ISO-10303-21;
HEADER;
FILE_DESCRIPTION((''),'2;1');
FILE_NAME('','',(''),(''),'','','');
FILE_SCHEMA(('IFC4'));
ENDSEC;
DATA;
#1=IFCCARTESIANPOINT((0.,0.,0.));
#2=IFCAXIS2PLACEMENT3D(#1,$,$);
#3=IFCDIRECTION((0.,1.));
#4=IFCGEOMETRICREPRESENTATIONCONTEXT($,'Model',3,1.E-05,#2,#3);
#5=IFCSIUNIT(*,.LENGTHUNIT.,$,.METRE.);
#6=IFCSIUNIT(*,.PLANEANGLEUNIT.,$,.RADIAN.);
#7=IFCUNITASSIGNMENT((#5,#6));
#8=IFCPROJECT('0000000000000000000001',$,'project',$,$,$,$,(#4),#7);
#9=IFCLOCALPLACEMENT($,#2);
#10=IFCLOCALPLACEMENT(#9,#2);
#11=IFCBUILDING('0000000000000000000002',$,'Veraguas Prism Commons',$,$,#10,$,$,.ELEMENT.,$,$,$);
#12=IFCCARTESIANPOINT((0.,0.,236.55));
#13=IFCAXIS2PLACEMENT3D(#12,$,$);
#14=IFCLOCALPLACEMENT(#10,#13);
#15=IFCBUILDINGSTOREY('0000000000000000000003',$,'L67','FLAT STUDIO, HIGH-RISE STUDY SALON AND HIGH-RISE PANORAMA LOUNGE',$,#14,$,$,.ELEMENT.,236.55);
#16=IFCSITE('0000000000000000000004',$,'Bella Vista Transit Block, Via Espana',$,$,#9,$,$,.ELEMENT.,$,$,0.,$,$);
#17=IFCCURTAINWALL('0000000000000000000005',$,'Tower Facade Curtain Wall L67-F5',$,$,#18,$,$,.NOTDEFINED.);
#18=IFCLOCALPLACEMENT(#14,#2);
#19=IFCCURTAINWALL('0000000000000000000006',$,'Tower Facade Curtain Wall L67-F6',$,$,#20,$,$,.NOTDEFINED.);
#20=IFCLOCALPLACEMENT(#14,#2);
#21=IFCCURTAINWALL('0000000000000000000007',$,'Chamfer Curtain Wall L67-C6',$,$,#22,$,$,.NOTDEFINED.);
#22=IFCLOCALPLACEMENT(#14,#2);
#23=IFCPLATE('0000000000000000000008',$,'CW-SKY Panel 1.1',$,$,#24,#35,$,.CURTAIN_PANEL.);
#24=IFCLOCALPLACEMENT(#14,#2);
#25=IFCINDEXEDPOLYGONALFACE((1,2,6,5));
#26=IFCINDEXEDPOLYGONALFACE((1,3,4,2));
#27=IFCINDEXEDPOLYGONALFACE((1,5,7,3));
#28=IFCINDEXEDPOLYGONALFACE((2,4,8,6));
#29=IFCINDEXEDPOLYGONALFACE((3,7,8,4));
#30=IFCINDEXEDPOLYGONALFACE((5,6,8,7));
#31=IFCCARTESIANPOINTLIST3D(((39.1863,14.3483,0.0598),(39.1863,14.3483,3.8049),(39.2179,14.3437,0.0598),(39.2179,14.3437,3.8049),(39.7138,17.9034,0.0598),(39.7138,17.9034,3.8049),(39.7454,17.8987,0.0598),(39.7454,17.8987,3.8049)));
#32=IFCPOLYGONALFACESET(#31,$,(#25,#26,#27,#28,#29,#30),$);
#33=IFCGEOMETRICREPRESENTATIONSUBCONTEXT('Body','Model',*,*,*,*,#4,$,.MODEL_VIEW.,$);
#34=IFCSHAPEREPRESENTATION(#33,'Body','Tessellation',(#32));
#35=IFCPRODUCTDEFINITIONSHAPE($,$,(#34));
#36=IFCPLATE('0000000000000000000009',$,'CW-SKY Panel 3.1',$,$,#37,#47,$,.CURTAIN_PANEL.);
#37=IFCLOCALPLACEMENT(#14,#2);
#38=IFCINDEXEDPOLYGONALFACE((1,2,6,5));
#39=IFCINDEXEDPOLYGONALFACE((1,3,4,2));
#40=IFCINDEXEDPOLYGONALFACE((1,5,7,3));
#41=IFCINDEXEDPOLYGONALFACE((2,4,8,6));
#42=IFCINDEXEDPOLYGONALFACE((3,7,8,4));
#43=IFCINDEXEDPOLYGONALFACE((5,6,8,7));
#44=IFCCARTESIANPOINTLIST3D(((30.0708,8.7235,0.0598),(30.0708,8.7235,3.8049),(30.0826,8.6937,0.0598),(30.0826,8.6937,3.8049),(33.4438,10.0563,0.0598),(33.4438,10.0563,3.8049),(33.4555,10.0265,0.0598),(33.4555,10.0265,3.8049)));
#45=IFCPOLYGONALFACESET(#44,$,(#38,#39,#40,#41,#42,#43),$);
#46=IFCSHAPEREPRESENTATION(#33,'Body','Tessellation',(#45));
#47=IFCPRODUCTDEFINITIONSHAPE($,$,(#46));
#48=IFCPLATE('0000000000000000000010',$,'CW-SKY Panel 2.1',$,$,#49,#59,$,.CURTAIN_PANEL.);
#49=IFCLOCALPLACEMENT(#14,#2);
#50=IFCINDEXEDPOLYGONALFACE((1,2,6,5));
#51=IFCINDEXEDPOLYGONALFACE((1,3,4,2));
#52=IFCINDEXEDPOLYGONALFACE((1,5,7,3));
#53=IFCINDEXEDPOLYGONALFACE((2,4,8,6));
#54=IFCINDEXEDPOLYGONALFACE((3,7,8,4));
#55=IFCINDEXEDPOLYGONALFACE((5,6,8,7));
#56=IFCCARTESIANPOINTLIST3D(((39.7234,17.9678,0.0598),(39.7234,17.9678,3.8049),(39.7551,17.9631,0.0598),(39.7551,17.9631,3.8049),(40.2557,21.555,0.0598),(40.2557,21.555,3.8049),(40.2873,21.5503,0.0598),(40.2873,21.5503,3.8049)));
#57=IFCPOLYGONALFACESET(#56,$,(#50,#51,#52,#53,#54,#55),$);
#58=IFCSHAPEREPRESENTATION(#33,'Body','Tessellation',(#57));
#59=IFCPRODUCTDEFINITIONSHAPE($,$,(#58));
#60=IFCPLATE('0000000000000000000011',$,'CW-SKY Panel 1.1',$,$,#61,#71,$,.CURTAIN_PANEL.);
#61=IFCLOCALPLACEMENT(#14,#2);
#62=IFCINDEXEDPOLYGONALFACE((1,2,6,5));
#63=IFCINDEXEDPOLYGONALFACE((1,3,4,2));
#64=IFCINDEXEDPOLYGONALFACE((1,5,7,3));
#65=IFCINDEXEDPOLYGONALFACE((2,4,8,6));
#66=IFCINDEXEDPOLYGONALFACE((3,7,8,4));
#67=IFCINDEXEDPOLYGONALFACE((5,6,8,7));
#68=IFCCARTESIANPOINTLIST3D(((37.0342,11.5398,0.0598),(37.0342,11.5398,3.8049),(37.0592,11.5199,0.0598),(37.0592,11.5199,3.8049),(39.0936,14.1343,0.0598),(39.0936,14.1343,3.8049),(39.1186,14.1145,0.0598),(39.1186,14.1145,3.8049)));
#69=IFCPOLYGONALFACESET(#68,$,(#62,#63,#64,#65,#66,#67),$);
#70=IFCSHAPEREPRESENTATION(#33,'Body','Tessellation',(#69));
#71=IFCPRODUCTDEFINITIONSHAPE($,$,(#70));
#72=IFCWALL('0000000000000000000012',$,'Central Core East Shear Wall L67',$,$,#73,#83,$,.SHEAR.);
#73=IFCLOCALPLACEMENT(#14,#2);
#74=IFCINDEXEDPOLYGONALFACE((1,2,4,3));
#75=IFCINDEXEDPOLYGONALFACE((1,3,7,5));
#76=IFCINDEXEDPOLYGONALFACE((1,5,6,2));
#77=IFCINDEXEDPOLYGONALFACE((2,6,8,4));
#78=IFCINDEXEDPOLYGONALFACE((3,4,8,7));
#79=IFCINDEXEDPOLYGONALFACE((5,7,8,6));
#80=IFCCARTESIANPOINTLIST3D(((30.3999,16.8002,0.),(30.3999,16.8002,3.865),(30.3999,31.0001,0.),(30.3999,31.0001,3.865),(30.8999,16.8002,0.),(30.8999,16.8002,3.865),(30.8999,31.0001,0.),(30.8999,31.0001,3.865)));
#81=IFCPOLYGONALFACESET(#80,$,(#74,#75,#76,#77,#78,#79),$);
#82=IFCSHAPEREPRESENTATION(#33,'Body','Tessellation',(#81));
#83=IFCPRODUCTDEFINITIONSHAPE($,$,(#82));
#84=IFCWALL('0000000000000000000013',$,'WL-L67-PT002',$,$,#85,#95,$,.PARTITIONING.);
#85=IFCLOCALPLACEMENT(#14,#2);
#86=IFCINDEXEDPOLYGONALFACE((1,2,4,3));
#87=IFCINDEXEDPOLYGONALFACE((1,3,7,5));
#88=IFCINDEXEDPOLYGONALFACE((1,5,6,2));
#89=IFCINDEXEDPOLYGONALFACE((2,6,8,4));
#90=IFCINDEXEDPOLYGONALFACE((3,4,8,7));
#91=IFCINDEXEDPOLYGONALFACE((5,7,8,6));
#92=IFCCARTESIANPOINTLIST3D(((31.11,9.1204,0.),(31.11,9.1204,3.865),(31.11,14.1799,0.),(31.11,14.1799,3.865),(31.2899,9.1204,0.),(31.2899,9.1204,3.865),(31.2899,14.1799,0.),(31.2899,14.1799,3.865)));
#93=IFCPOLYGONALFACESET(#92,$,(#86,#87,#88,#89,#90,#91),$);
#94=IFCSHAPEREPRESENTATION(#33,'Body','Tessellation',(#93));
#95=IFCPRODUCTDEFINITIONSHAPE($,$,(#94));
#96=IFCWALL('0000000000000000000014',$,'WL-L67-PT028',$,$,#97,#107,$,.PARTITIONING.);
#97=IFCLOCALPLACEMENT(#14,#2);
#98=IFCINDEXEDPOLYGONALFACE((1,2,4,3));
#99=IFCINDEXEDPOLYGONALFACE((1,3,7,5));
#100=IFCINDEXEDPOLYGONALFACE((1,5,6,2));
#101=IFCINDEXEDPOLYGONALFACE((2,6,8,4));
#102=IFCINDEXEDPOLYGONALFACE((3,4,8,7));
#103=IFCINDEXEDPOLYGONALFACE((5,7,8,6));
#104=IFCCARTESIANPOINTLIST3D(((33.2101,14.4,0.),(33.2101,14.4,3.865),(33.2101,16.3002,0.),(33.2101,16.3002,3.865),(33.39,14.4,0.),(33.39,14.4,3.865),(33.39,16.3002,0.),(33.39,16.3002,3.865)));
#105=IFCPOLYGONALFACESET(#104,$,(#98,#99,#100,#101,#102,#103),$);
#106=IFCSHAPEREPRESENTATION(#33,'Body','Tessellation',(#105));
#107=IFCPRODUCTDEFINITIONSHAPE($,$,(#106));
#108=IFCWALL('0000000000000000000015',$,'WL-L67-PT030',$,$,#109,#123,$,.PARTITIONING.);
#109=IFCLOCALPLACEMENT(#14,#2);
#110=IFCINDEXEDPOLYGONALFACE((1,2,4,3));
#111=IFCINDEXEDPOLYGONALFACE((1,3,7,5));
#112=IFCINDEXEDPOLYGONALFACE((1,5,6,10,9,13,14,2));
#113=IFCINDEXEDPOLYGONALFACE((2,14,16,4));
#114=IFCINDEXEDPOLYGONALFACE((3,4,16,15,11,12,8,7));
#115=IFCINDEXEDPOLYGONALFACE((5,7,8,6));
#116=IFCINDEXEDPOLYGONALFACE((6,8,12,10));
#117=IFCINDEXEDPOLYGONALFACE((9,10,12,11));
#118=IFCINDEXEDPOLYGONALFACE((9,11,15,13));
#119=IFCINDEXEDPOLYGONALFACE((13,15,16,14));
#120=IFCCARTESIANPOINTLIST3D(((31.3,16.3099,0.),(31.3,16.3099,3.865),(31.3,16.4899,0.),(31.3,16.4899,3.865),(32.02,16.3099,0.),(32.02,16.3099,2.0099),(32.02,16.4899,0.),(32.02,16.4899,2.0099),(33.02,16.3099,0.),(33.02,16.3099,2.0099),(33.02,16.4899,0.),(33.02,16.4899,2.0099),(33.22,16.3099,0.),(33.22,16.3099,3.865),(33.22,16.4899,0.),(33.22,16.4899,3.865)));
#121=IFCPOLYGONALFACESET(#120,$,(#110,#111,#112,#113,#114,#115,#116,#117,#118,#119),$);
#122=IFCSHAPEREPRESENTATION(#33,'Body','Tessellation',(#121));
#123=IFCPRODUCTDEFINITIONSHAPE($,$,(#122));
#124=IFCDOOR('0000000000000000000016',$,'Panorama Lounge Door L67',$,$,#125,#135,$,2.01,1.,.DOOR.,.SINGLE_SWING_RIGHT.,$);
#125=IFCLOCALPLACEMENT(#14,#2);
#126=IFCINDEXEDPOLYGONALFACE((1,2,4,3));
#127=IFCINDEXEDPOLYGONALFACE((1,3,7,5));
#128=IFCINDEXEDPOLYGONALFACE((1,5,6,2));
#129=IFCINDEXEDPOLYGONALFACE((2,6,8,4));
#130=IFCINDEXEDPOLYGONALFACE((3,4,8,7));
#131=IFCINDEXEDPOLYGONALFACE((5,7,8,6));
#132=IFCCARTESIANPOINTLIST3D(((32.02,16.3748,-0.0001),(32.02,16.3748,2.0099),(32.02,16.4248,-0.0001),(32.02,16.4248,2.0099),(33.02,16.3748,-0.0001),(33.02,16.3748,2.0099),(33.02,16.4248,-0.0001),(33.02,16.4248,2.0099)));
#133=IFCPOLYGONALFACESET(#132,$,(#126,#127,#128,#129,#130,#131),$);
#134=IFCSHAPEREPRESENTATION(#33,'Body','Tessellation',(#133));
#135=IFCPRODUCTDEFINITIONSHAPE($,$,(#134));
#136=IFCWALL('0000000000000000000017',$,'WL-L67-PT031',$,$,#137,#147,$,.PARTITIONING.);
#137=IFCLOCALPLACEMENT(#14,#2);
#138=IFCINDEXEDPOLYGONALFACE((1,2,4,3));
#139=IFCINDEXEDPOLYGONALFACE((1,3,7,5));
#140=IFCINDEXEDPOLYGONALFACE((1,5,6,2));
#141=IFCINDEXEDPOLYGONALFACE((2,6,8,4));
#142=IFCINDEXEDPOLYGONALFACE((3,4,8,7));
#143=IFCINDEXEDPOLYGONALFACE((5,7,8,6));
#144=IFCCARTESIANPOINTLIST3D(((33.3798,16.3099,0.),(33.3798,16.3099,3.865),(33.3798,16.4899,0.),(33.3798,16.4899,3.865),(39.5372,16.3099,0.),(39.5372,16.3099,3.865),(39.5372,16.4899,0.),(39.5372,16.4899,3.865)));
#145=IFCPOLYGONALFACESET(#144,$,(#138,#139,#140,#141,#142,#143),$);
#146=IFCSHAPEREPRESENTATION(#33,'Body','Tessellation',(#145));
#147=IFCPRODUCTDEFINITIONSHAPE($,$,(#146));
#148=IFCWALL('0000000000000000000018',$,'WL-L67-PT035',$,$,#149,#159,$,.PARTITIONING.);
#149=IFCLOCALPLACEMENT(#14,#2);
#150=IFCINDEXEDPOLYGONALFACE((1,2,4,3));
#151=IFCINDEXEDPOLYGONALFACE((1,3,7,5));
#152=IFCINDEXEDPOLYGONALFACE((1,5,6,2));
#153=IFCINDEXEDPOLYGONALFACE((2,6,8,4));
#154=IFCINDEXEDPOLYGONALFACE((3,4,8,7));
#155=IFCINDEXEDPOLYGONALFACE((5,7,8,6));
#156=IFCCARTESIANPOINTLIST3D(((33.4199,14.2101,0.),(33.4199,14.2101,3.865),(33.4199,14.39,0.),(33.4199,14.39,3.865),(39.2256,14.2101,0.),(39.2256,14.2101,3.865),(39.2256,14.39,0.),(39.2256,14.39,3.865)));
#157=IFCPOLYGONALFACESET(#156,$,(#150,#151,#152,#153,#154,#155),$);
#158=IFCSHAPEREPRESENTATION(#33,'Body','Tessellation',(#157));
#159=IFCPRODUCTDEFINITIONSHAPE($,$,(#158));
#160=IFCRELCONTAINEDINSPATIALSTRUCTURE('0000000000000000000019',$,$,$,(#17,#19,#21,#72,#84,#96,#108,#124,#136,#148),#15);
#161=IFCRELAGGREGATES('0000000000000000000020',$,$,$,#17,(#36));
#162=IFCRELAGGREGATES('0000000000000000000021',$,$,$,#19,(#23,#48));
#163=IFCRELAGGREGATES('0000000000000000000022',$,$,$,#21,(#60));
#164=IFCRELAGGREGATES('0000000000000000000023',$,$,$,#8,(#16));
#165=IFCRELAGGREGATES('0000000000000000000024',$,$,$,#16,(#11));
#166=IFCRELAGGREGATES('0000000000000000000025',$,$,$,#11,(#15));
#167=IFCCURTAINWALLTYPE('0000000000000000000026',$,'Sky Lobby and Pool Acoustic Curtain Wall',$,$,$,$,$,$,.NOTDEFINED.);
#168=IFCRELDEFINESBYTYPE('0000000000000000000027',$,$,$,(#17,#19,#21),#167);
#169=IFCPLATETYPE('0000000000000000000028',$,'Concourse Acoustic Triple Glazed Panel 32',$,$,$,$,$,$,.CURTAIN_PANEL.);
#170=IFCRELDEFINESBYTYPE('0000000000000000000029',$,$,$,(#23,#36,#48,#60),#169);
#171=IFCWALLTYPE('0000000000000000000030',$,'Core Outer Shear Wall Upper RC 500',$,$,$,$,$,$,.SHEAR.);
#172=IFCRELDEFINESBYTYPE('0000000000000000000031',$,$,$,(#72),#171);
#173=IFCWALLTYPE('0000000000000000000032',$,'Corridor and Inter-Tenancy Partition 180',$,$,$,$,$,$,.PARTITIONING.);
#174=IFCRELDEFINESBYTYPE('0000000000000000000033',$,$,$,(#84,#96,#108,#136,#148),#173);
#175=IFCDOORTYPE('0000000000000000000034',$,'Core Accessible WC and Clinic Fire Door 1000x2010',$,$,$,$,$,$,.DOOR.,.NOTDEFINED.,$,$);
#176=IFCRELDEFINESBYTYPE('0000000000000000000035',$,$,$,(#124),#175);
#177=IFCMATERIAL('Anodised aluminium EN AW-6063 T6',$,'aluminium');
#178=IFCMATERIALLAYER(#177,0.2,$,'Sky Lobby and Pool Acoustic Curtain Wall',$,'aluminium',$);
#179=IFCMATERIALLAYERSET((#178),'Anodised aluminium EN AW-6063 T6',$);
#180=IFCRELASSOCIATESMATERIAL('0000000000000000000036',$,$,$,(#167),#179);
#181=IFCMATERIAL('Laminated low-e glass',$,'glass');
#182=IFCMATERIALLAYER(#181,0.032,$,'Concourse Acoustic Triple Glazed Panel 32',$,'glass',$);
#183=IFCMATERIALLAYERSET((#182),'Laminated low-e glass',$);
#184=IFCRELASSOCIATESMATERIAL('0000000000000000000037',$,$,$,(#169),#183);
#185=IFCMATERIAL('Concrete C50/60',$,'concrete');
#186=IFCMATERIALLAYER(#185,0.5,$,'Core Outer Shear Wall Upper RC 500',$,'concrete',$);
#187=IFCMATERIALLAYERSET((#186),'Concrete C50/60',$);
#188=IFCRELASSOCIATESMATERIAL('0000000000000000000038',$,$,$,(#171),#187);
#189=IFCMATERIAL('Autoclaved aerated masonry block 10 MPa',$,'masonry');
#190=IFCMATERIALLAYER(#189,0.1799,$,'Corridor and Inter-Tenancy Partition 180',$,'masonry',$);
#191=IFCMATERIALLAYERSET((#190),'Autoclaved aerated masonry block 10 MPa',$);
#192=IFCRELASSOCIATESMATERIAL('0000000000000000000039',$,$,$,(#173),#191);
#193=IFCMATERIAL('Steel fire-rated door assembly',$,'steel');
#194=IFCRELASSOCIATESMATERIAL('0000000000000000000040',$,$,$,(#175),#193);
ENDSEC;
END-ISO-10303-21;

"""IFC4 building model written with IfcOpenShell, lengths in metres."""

from ifc_helpers import new_model, si_unit, direction, frame, frame_2d, origin, origin_2d, place, context, subcontext, project, spatial, rectangle, extrude, source, transform, mapped, material, layer, layer_set, type_object, element, fill, aggregate, save


model = new_model("IFC4")

# Units and contexts
model_context = context("Model", 3, precision=1e-05, world=origin(), true_north=direction((0.0, 1.0)))
body_context = subcontext(model_context, "Body", "Model", "MODEL_VIEW")
ifc_project = project(units=[si_unit("LENGTHUNIT", "METRE"), si_unit("PLANEANGLEUNIT", "RADIAN")], contexts=[model_context])

# Site, building, storey
site_placement = place(None, origin())
site = spatial("IfcSite", under=ifc_project, at=site_placement, Name="Bella Vista Transit Block, Via Espana", CompositionType="ELEMENT", RefElevation=0.0)
building_placement = place(site_placement, origin())
building = spatial("IfcBuilding", under=site, at=building_placement, Name="Veraguas Prism Commons", CompositionType="ELEMENT")
storey_placement = place(building_placement, frame((0.0, 0.0, 236.55)))
storey = spatial("IfcBuildingStorey", under=building, at=storey_placement, Name="L67", Description="FLAT STUDIO, HIGH-RISE STUDY SALON AND HIGH-RISE PANORAMA LOUNGE", CompositionType="ELEMENT", Elevation=236.55)

# Shared definitions
ifc_material_1 = material(Name="Concrete C50/60", Category="concrete")

# Curtain walls
ifc_material_2 = material(Name="Anodised aluminium EN AW-6063 T6", Category="aluminium")
ifc_layer_1 = layer(ifc_material_2, 0.2, Name="Sky Lobby and Pool Acoustic Curtain Wall", Category="aluminium")
ifc_layer_set_1 = layer_set([ifc_layer_1], Name="Anodised aluminium EN AW-6063 T6")
curtain_wall_type = type_object("IfcCurtainWallType", Name="Sky Lobby and Pool Acoustic Curtain Wall", PredefinedType="NOTDEFINED", material=ifc_layer_set_1)
curtain_wall_1_placement = place(storey_placement, origin())
curtain_wall_1 = element("IfcCurtainWall", 1, at=curtain_wall_1_placement, inside=storey, type_object=curtain_wall_type, Name="Tower Facade Curtain Wall L67-F5", PredefinedType="NOTDEFINED")
curtain_wall_2_placement = place(storey_placement, origin())
curtain_wall_2 = element("IfcCurtainWall", 2, at=curtain_wall_2_placement, inside=storey, type_object=curtain_wall_type, Name="Tower Facade Curtain Wall L67-F6", PredefinedType="NOTDEFINED")
curtain_wall_3_placement = place(storey_placement, origin())
curtain_wall_3 = element("IfcCurtainWall", 3, at=curtain_wall_3_placement, inside=storey, type_object=curtain_wall_type, Name="Chamfer Curtain Wall L67-C6", PredefinedType="NOTDEFINED")

# Plates
ifc_material_3 = material(Name="Laminated low-e glass", Category="glass")
ifc_layer_2 = layer(ifc_material_3, 0.032, Name="Concourse Acoustic Triple Glazed Panel 32", Category="glass")
ifc_layer_set_2 = layer_set([ifc_layer_2], Name="Laminated low-e glass")
plate_type_1 = type_object("IfcPlateType", Name="Concourse Acoustic Triple Glazed Panel 32", PredefinedType="CURTAIN_PANEL", material=ifc_layer_set_2)
shared_shape_1 = source(origin(), body_context, "Body", "SweptSolid", [
    extrude(rectangle(XDim=3.594, YDim=0.032, at=origin_2d()), origin(), (0.0, 0.0, 1.0), 3.7451),
])
plate_1_placement = place(storey_placement, frame((39.4658, 16.1235, 0.0598), z_axis=(0.0, 0.0, 1.0), x_axis=(0.146774, 0.98917, 0.0)))
plate_1 = element("IfcPlate", 4, at=plate_1_placement, type_object=plate_type_1, Name="CW-SKY Panel 1.1", PredefinedType="CURTAIN_PANEL", context=body_context, shape_type="MappedRepresentation", body=[
    mapped(shared_shape_1, transform((0.0, 0.0, 0.0), scale=1.0)),
])
shared_shape_2 = source(origin(), body_context, "Body", "SweptSolid", [
    extrude(rectangle(XDim=3.6267, YDim=0.032, at=origin_2d()), origin(), (0.0, 0.0, 1.0), 3.7451),
])
plate_2_placement = place(storey_placement, frame((31.7632, 9.375, 0.0598), z_axis=(0.0, 0.0, 1.0), x_axis=(0.93003, 0.367483, 0.0)))
plate_2 = element("IfcPlate", 5, at=plate_2_placement, type_object=plate_type_1, Name="CW-SKY Panel 3.1", PredefinedType="CURTAIN_PANEL", context=body_context, shape_type="MappedRepresentation", body=[
    mapped(shared_shape_2, transform((0.0, 0.0, 0.0), scale=1.0)),
])
aggregate(curtain_wall_1, [plate_2])
shared_shape_3 = source(origin(), body_context, "Body", "SweptSolid", [
    extrude(rectangle(XDim=3.6265, YDim=0.032, at=origin_2d()), origin(), (0.0, 0.0, 1.0), 3.7451),
])
plate_3_placement = place(storey_placement, frame((40.0054, 19.759, 0.0598), z_axis=(0.0, 0.0, 1.0), x_axis=(0.146774, 0.98917, 0.0)))
plate_3 = element("IfcPlate", 6, at=plate_3_placement, type_object=plate_type_1, Name="CW-SKY Panel 2.1", PredefinedType="CURTAIN_PANEL", context=body_context, shape_type="MappedRepresentation", body=[
    mapped(shared_shape_3, transform((0.0, 0.0, 0.0), scale=1.0)),
])
aggregate(curtain_wall_2, [plate_1, plate_3])
shared_shape_4 = source(origin(), body_context, "Body", "SweptSolid", [
    extrude(rectangle(XDim=3.3125, YDim=0.032, at=origin_2d()), origin(), (0.0, 0.0, 1.0), 3.7451),
])
plate_4_placement = place(storey_placement, frame((38.0764, 12.8271, 0.0598), z_axis=(0.0, 0.0, 1.0), x_axis=(0.621707, 0.78325, 0.0)))
plate_4 = element("IfcPlate", 7, at=plate_4_placement, type_object=plate_type_1, Name="CW-SKY Panel 1.1", PredefinedType="CURTAIN_PANEL", context=body_context, shape_type="MappedRepresentation", body=[
    mapped(shared_shape_4, transform((0.0, 0.0, 0.0), scale=1.0)),
])
aggregate(curtain_wall_3, [plate_4])

# Walls
ifc_layer_3 = layer(ifc_material_1, 0.5, Name="Core Outer Shear Wall Upper RC 500", Category="concrete")
ifc_layer_set_3 = layer_set([ifc_layer_3], Name="Concrete C50/60")
wall_type_1 = type_object("IfcWallType", Name="Core Outer Shear Wall Upper RC 500", PredefinedType="SHEAR", material=ifc_layer_set_3)
wall_1_placement = place(storey_placement, frame((30.6499, 16.8, 0.0), z_axis=(0.0, 0.0, 1.0), x_axis=(0.0, 1.0, 0.0)))
element("IfcWall", 8, at=wall_1_placement, inside=storey, type_object=wall_type_1, Name="Central Core East Shear Wall L67", PredefinedType="SHEAR", context=body_context, shape_type="SweptSolid", body=[
    extrude(rectangle(XDim=14.2, YDim=0.5, at=frame_2d((7.1001, 0.0))), origin(), (0.0, 0.0, 1.0), 3.865),
])
ifc_material_4 = material(Name="Autoclaved aerated masonry block 10 MPa", Category="masonry")
ifc_layer_4 = layer(ifc_material_4, 0.1799, Name="Corridor and Inter-Tenancy Partition 180", Category="masonry")
ifc_layer_set_4 = layer_set([ifc_layer_4], Name="Autoclaved aerated masonry block 10 MPa")
wall_type_2 = type_object("IfcWallType", Name="Corridor and Inter-Tenancy Partition 180", PredefinedType="PARTITIONING", material=ifc_layer_set_4)
wall_2_placement = place(storey_placement, frame((31.2, 14.1799, 0.0), z_axis=(0.0, 0.0, 1.0), x_axis=(0.0, -1.0, 0.0)))
element("IfcWall", 9, at=wall_2_placement, inside=storey, type_object=wall_type_2, Name="WL-L67-PT002", PredefinedType="PARTITIONING", context=body_context, shape_type="SweptSolid", body=[
    extrude(rectangle(XDim=5.0596, YDim=0.1799, at=frame_2d((2.5298, 0.0))), origin(), (0.0, 0.0, 1.0), 3.865),
])
wall_3_placement = place(storey_placement, frame((33.3, 14.3999, 0.0), z_axis=(0.0, 0.0, 1.0), x_axis=(0.0, 1.0, 0.0)))
element("IfcWall", 10, at=wall_3_placement, inside=storey, type_object=wall_type_2, Name="WL-L67-PT028", PredefinedType="PARTITIONING", context=body_context, shape_type="SweptSolid", body=[
    extrude(rectangle(XDim=1.9001, YDim=0.1799, at=frame_2d((0.9502, 0.0))), origin(), (0.0, 0.0, 1.0), 3.865),
])

# Wall, opening, door
wall_4_placement = place(storey_placement, frame((31.3, 16.3999, 0.0), z_axis=(0.0, 0.0, 1.0), x_axis=(1.0, 0.0, 0.0)))
wall_4 = element("IfcWall", 11, at=wall_4_placement, inside=storey, type_object=wall_type_2, Name="WL-L67-PT030", PredefinedType="PARTITIONING", context=body_context, shape_type="SweptSolid", body=[
    extrude(rectangle(XDim=1.9199, YDim=0.1799, at=frame_2d((0.96, 0.0))), origin(), (0.0, 0.0, 1.0), 3.865),
])
opening_1_placement = place(wall_4_placement, frame((0.72, 0.0, 0.0)))
opening_1 = element("IfcOpeningElement", 12, at=opening_1_placement, cuts=wall_4, PredefinedType="OPENING", context=body_context, shape_type="SweptSolid", body=[
    extrude(rectangle(XDim=1.0, YDim=2.01, at=frame_2d((0.5, 1.0049))), frame((0.0, 0.0999, 0.0), z_axis=(0.0, -1.0, 0.0), x_axis=(1.0, 0.0, 0.0)), (0.0, 0.0, 1.0), 0.2),
])
ifc_material_5 = material(Name="Steel fire-rated door assembly", Category="steel")
door_type_1 = type_object("IfcDoorType", Name="Core Accessible WC and Clinic Fire Door 1000x2010", OperationType="NOTDEFINED", PredefinedType="DOOR", material=ifc_material_5)
shared_shape_5 = source(origin(), body_context, "Body", "SweptSolid", [
    extrude(rectangle(XDim=1.0, YDim=2.01, at=frame_2d((0.5, 1.0049))), frame((0.0, 0.0249, 0.0), z_axis=(0.0, -1.0, 0.0), x_axis=(1.0, 0.0, 0.0)), (0.0, 0.0, 1.0), 0.05),
])
door_1_placement = place(opening_1_placement, origin())
door_1 = element("IfcDoor", 13, at=door_1_placement, inside=storey, type_object=door_type_1, Name="Panorama Lounge Door L67", OperationType="SINGLE_SWING_RIGHT", OverallHeight=2.01, OverallWidth=1.0, PredefinedType="DOOR", context=body_context, shape_type="MappedRepresentation", body=[
    mapped(shared_shape_5, transform((0.0, 0.0, 0.0), scale=1.0)),
])
fill(opening_1, door_1)

# Walls
wall_5_placement = place(storey_placement, frame((33.3799, 16.3999, 0.0), z_axis=(0.0, 0.0, 1.0), x_axis=(1.0, 0.0, 0.0)))
element("IfcWall", 14, at=wall_5_placement, inside=storey, type_object=wall_type_2, Name="WL-L67-PT031", PredefinedType="PARTITIONING", context=body_context, shape_type="SweptSolid", body=[
    extrude(rectangle(XDim=6.1575, YDim=0.1799, at=frame_2d((3.0786, 0.0))), origin(), (0.0, 0.0, 1.0), 3.865),
])
wall_6_placement = place(storey_placement, frame((33.4199, 14.3, 0.0), z_axis=(0.0, 0.0, 1.0), x_axis=(1.0, 0.0, 0.0)))
element("IfcWall", 15, at=wall_6_placement, inside=storey, type_object=wall_type_2, Name="WL-L67-PT035", PredefinedType="PARTITIONING", context=body_context, shape_type="SweptSolid", body=[
    extrude(rectangle(XDim=5.8057, YDim=0.1799, at=frame_2d((2.9028, 0.0))), origin(), (0.0, 0.0, 1.0), 3.865),
])

save(model, "model.ifc")
